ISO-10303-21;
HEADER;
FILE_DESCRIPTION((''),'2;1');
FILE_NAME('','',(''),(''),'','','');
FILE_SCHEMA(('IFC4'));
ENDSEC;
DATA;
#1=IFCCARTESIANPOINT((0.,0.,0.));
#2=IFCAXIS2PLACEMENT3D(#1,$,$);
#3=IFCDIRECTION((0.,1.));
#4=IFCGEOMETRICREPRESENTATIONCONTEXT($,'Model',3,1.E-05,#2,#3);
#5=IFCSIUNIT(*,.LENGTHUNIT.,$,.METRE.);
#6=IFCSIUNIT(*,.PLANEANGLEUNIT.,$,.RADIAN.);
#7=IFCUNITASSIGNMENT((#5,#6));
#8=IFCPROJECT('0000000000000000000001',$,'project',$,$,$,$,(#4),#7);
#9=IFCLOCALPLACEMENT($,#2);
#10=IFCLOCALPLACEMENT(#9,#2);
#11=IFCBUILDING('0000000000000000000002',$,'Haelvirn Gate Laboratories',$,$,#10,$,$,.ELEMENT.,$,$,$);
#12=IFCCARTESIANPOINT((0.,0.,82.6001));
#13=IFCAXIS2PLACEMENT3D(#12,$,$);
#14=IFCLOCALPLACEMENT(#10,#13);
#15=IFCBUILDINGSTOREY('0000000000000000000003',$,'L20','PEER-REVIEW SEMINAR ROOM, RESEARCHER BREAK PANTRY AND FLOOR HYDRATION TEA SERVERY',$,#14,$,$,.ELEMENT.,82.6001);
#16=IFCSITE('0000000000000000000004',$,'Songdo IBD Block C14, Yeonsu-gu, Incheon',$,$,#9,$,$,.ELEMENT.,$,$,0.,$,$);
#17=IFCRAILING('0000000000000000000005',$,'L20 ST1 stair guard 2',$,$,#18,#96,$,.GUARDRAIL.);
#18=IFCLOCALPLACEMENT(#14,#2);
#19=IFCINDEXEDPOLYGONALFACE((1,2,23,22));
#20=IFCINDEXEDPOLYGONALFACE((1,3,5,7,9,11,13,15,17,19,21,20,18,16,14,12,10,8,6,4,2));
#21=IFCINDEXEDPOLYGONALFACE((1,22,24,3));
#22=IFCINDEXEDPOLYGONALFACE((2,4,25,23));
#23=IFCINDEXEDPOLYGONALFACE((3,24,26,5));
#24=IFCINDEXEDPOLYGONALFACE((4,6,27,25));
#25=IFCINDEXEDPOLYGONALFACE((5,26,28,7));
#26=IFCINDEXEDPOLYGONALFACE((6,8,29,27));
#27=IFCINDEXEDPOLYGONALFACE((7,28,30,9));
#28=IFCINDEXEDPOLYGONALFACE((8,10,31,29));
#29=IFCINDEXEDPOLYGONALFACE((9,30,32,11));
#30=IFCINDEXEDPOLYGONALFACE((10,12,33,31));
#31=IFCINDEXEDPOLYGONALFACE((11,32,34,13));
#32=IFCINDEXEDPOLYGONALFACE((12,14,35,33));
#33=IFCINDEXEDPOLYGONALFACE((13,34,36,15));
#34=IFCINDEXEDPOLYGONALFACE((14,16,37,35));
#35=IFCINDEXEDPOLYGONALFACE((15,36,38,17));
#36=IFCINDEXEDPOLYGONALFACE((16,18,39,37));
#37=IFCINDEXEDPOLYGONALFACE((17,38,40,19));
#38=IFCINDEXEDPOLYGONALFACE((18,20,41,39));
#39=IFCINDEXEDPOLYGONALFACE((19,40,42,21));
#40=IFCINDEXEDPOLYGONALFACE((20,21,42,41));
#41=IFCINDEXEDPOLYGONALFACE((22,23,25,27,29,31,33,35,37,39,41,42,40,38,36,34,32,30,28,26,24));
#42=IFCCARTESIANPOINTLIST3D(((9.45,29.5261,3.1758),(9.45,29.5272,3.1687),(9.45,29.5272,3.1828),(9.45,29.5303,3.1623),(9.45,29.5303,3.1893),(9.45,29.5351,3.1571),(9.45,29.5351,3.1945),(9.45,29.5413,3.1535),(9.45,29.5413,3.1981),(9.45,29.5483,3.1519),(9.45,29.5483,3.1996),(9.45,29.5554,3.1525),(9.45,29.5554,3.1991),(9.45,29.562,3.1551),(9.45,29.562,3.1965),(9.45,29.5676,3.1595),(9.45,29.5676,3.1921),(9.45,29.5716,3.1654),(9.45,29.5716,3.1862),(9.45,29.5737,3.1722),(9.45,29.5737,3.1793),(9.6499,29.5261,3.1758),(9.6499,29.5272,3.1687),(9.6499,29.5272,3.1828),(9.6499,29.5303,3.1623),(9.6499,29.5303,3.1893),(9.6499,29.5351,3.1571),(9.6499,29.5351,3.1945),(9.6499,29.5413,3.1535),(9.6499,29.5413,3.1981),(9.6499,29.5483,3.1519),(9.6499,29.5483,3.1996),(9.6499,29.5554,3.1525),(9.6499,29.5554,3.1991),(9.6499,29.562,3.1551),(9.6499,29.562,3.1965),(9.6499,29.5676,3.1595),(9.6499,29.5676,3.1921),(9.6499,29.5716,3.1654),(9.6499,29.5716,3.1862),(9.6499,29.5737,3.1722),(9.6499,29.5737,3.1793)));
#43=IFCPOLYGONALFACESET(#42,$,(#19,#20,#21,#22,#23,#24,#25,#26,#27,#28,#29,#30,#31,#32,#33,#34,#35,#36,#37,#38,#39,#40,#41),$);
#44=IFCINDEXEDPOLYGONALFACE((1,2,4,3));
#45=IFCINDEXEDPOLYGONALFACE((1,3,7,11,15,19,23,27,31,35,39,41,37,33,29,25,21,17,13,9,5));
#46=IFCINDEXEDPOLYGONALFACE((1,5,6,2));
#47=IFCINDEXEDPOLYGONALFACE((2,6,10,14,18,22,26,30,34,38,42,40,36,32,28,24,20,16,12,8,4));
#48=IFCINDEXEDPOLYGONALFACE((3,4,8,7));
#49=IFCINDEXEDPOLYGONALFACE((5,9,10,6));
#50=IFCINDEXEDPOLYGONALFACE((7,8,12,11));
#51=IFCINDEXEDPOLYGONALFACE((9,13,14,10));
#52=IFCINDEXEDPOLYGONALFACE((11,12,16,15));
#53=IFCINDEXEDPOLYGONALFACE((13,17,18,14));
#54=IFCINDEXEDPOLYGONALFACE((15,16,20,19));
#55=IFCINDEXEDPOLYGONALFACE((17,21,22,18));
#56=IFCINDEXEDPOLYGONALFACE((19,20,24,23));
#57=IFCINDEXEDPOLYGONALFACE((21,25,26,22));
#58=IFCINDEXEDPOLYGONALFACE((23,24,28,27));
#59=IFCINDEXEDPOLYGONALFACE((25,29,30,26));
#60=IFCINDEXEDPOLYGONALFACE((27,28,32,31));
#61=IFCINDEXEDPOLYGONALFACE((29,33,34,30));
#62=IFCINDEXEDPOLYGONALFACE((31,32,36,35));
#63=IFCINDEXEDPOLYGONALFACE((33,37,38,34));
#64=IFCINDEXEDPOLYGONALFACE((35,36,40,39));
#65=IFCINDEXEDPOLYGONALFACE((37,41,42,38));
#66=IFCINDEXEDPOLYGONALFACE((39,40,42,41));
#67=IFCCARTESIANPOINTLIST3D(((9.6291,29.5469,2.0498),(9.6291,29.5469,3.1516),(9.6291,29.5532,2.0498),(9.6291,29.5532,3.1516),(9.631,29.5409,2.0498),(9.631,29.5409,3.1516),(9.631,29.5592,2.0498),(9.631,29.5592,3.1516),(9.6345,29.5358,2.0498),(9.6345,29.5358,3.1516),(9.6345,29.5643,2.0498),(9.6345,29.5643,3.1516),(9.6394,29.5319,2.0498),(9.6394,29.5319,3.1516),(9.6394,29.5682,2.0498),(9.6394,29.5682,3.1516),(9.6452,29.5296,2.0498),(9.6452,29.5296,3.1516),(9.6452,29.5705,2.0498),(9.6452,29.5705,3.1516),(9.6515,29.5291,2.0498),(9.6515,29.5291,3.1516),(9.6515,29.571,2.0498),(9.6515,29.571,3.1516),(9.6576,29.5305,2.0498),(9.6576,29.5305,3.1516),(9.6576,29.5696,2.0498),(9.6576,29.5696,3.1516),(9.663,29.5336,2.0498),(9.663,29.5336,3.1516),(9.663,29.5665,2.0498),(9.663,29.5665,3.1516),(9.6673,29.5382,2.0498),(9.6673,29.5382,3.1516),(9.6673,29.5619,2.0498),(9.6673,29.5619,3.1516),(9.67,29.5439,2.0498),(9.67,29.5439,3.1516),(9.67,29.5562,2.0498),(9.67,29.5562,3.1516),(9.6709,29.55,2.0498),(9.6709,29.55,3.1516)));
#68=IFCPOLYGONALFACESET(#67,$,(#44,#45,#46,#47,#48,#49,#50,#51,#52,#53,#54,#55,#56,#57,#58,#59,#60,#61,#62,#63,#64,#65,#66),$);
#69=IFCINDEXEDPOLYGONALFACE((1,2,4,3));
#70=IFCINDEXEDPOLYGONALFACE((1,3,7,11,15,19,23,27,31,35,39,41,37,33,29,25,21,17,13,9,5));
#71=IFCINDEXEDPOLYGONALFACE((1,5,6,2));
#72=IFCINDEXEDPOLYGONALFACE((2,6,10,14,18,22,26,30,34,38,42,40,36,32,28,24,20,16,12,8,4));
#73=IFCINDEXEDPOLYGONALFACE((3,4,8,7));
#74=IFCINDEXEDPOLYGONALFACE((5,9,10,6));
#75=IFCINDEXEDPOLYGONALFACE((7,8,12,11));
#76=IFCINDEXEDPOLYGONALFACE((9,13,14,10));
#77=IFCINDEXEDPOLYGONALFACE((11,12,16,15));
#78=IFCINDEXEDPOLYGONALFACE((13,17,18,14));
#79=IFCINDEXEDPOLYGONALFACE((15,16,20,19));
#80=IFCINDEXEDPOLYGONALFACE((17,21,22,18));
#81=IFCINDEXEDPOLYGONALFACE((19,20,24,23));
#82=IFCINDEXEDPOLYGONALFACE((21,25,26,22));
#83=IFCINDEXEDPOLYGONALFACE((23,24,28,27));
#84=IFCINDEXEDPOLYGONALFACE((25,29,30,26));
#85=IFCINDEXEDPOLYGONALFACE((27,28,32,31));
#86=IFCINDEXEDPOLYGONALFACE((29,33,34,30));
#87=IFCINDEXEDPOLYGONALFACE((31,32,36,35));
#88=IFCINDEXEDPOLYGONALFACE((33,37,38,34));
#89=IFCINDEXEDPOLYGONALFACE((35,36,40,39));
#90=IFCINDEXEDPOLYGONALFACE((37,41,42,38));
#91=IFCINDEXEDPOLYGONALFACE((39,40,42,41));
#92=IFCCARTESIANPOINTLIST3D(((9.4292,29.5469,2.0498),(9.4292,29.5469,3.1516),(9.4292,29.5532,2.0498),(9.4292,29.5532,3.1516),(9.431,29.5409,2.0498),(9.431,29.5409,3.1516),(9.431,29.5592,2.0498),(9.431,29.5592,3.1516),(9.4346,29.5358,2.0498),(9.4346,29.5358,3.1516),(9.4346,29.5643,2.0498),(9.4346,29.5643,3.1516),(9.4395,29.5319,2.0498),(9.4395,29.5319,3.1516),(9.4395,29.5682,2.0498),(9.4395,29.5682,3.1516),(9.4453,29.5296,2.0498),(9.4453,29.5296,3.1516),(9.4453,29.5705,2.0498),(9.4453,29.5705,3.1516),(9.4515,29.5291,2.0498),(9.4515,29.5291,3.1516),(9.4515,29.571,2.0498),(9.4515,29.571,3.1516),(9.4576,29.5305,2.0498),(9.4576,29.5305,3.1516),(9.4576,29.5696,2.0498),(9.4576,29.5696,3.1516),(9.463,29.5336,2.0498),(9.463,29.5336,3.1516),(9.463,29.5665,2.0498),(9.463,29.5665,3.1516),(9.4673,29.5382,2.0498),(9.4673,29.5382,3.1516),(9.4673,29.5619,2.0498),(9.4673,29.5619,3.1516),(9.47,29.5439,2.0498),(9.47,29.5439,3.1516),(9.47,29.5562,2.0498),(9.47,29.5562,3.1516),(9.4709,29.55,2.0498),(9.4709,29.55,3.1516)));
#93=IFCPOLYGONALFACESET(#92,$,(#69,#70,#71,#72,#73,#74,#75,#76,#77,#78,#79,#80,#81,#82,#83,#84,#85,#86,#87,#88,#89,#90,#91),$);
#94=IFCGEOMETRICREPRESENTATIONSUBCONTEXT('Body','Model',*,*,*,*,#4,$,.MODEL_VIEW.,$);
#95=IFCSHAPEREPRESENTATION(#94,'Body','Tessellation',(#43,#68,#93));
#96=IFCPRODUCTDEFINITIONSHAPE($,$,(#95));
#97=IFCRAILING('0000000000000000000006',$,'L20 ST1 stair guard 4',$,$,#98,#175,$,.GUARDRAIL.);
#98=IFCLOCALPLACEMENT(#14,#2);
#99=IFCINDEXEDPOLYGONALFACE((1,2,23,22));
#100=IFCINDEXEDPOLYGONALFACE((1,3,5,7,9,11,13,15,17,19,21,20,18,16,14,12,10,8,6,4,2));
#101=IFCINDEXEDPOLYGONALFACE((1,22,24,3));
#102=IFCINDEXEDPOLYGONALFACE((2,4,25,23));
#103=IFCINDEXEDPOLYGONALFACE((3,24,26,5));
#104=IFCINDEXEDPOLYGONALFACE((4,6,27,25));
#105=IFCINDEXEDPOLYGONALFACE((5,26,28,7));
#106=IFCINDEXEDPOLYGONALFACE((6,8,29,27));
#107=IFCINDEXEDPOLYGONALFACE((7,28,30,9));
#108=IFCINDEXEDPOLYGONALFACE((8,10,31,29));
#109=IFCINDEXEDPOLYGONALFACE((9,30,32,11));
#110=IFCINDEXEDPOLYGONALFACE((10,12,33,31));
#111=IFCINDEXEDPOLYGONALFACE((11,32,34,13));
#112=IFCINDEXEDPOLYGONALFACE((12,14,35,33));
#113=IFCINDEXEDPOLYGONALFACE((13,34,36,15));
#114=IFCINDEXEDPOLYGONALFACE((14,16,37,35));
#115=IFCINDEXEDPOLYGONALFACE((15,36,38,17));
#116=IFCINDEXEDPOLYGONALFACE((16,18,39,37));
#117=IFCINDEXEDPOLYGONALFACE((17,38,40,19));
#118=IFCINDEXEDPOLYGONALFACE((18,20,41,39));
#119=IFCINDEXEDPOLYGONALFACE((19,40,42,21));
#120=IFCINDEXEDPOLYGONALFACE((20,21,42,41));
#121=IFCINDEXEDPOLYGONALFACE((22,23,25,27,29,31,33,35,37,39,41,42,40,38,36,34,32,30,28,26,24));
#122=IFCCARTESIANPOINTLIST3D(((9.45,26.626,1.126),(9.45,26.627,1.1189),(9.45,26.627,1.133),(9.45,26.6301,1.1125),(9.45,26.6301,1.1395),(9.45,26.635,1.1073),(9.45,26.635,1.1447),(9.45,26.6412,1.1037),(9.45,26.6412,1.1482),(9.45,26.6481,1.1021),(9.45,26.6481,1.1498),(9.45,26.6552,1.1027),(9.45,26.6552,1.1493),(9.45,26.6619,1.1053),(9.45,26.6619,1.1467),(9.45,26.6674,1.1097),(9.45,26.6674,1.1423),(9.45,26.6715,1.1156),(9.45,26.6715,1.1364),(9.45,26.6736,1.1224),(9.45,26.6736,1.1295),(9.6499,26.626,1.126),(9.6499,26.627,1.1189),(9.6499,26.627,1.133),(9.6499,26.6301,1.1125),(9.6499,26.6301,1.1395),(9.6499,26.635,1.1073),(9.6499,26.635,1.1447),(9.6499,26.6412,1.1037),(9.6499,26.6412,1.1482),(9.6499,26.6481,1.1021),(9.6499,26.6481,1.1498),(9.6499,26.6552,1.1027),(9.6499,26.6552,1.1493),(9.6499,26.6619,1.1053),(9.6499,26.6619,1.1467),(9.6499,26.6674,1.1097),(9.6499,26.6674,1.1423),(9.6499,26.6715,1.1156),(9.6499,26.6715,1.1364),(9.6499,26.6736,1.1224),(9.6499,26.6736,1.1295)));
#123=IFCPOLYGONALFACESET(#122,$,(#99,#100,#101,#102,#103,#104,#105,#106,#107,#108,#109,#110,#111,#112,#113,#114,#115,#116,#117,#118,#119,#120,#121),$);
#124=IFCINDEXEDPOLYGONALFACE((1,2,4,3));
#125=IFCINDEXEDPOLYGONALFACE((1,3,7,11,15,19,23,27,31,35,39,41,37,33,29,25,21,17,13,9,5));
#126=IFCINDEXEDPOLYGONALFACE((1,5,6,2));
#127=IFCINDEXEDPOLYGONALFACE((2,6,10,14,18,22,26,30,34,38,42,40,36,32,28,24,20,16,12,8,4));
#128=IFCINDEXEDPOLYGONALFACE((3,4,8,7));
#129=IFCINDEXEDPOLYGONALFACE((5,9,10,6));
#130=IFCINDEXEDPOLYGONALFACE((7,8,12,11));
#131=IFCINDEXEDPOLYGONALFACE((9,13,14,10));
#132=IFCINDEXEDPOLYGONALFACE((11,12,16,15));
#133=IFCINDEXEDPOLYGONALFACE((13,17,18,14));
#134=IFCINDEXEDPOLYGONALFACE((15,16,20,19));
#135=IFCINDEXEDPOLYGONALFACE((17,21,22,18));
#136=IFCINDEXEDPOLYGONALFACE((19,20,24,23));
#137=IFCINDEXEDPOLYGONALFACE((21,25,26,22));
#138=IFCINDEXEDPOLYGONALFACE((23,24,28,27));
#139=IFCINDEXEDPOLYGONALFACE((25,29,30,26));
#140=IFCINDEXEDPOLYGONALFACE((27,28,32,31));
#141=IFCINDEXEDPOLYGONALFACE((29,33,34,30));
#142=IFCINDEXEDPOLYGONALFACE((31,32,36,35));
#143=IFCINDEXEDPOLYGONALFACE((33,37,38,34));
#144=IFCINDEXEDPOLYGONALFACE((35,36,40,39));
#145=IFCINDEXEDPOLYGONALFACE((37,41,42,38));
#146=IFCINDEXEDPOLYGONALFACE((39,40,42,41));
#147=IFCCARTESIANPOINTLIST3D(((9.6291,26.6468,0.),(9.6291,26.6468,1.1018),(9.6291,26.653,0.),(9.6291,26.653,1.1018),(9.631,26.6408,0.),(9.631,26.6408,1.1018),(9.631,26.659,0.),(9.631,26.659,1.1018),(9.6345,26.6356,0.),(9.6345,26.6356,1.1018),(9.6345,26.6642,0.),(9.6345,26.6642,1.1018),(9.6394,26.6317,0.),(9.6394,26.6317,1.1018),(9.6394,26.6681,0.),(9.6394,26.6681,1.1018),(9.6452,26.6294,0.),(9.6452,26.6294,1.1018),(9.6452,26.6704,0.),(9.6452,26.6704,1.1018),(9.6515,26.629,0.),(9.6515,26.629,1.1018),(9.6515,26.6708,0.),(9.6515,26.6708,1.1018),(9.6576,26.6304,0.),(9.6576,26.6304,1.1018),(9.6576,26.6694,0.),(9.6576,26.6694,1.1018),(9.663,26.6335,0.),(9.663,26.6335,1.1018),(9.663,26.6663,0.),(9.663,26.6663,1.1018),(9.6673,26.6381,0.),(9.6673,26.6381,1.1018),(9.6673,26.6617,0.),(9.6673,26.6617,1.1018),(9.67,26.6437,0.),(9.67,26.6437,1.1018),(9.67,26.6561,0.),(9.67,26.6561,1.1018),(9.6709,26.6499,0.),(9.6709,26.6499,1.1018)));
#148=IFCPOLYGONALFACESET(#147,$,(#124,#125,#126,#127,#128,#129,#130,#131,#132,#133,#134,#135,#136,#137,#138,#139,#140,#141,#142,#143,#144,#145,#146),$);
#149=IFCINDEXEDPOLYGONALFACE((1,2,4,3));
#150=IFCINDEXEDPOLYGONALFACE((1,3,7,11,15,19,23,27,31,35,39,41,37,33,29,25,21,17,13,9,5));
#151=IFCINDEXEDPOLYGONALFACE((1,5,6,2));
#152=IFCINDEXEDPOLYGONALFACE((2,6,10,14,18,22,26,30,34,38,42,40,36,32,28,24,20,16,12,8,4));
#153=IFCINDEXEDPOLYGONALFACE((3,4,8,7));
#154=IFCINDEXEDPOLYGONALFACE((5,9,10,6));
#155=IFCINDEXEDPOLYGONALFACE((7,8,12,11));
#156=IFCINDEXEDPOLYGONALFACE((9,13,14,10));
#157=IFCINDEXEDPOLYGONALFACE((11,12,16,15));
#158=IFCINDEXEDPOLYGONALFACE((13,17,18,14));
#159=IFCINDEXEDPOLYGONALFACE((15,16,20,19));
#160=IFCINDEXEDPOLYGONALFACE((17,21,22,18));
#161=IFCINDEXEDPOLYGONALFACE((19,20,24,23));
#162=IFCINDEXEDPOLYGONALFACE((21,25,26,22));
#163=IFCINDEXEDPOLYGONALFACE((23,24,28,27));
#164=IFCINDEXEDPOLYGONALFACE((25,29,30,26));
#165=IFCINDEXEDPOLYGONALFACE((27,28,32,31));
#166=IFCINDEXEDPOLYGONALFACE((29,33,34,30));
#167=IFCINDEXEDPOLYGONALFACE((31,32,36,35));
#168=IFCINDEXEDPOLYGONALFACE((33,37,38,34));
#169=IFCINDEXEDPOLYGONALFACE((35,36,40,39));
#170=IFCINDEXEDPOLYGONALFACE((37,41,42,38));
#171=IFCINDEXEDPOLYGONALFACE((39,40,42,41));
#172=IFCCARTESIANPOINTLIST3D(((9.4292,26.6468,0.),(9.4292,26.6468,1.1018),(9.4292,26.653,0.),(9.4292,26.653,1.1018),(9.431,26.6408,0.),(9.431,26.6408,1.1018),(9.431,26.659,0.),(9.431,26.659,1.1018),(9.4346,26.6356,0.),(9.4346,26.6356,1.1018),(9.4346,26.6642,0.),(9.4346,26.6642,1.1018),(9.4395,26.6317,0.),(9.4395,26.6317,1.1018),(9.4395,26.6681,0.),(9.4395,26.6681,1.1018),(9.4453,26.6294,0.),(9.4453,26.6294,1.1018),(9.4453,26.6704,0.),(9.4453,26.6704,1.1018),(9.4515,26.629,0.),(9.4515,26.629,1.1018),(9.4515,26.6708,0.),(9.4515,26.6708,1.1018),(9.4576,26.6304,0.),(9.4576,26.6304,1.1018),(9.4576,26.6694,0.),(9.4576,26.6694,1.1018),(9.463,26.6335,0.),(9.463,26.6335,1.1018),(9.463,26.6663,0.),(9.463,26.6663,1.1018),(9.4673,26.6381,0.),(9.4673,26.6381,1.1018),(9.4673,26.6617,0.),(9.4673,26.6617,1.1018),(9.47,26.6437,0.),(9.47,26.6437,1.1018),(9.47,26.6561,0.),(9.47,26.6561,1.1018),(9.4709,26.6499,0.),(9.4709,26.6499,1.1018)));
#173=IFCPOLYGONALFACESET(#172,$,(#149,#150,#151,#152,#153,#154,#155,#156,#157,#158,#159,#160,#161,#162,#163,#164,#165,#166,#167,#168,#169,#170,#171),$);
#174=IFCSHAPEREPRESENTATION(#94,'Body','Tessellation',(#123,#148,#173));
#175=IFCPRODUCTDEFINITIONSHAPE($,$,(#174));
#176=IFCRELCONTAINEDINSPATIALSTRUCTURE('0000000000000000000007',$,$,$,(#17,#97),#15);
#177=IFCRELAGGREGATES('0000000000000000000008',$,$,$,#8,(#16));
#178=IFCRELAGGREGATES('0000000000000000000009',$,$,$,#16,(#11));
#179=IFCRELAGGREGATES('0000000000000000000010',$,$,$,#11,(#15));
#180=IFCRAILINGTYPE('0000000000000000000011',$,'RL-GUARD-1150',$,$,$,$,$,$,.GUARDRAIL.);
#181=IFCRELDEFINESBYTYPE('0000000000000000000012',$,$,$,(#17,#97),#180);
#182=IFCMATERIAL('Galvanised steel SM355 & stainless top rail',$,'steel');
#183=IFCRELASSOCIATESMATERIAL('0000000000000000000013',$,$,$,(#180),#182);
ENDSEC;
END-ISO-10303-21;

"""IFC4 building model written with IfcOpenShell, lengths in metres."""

from ifc_helpers import new_model, si_unit, direction, frame, origin, origin_2d, place, context, subcontext, project, spatial, circle, extrude, source, transform, mapped, material, type_object, element, save


model = new_model("IFC4")

# Units and contexts
model_context = context("Model", 3, precision=1e-05, world=origin(), true_north=direction((0.0, 1.0)))
body_context = subcontext(model_context, "Body", "Model", "MODEL_VIEW")
ifc_project = project(units=[si_unit("LENGTHUNIT", "METRE"), si_unit("PLANEANGLEUNIT", "RADIAN")], contexts=[model_context])

# Site, building, storey
site_placement = place(None, origin())
site = spatial("IfcSite", under=ifc_project, at=site_placement, Name="Songdo IBD Block C14, Yeonsu-gu, Incheon", CompositionType="ELEMENT", RefElevation=0.0)
building_placement = place(site_placement, origin())
building = spatial("IfcBuilding", under=site, at=building_placement, Name="Haelvirn Gate Laboratories", CompositionType="ELEMENT")
storey_placement = place(building_placement, frame((0.0, 0.0, 82.6001)))
storey = spatial("IfcBuildingStorey", under=building, at=storey_placement, Name="L20", Description="PEER-REVIEW SEMINAR ROOM, RESEARCHER BREAK PANTRY AND FLOOR HYDRATION TEA SERVERY", CompositionType="ELEMENT", Elevation=82.6001)

# Railings
ifc_material_1 = material(Name="Galvanised steel SM355 & stainless top rail", Category="steel")
railing_type_1 = type_object("IfcRailingType", Name="RL-GUARD-1150", PredefinedType="GUARDRAIL", material=ifc_material_1)
shared_shape_1 = source(origin(), body_context, "Body", "SweptSolid", [
    extrude(circle(Radius=0.0239, at=origin_2d()), frame((0.0, 0.0, 1.126), z_axis=(-1.0, 0.0, 0.0), x_axis=(0.0, -1.0, 0.0)), (0.0, 0.0, 1.0), 0.2),
    extrude(circle(Radius=0.021, at=origin_2d()), origin(), (0.0, 0.0, 1.0), 1.1018),
    extrude(circle(Radius=0.021, at=origin_2d()), frame((-0.2, 0.0, 0.0)), (0.0, 0.0, 1.0), 1.1018),
])
for number, where, name in (
    (1, (9.6499, 29.55, 2.0498), "L20 ST1 stair guard 2"),
    (2, (9.6499, 26.6499, 0.0), "L20 ST1 stair guard 4"),
):
    element("IfcRailing", number, at=place(storey_placement, frame(where)), inside=storey, type_object=railing_type_1, Name=name, PredefinedType="GUARDRAIL", context=body_context, shape_type="MappedRepresentation", body=[
        mapped(shared_shape_1, transform((0.0, 0.0, 0.0), scale=1.0)),
    ])

save(model, "model.ifc")
